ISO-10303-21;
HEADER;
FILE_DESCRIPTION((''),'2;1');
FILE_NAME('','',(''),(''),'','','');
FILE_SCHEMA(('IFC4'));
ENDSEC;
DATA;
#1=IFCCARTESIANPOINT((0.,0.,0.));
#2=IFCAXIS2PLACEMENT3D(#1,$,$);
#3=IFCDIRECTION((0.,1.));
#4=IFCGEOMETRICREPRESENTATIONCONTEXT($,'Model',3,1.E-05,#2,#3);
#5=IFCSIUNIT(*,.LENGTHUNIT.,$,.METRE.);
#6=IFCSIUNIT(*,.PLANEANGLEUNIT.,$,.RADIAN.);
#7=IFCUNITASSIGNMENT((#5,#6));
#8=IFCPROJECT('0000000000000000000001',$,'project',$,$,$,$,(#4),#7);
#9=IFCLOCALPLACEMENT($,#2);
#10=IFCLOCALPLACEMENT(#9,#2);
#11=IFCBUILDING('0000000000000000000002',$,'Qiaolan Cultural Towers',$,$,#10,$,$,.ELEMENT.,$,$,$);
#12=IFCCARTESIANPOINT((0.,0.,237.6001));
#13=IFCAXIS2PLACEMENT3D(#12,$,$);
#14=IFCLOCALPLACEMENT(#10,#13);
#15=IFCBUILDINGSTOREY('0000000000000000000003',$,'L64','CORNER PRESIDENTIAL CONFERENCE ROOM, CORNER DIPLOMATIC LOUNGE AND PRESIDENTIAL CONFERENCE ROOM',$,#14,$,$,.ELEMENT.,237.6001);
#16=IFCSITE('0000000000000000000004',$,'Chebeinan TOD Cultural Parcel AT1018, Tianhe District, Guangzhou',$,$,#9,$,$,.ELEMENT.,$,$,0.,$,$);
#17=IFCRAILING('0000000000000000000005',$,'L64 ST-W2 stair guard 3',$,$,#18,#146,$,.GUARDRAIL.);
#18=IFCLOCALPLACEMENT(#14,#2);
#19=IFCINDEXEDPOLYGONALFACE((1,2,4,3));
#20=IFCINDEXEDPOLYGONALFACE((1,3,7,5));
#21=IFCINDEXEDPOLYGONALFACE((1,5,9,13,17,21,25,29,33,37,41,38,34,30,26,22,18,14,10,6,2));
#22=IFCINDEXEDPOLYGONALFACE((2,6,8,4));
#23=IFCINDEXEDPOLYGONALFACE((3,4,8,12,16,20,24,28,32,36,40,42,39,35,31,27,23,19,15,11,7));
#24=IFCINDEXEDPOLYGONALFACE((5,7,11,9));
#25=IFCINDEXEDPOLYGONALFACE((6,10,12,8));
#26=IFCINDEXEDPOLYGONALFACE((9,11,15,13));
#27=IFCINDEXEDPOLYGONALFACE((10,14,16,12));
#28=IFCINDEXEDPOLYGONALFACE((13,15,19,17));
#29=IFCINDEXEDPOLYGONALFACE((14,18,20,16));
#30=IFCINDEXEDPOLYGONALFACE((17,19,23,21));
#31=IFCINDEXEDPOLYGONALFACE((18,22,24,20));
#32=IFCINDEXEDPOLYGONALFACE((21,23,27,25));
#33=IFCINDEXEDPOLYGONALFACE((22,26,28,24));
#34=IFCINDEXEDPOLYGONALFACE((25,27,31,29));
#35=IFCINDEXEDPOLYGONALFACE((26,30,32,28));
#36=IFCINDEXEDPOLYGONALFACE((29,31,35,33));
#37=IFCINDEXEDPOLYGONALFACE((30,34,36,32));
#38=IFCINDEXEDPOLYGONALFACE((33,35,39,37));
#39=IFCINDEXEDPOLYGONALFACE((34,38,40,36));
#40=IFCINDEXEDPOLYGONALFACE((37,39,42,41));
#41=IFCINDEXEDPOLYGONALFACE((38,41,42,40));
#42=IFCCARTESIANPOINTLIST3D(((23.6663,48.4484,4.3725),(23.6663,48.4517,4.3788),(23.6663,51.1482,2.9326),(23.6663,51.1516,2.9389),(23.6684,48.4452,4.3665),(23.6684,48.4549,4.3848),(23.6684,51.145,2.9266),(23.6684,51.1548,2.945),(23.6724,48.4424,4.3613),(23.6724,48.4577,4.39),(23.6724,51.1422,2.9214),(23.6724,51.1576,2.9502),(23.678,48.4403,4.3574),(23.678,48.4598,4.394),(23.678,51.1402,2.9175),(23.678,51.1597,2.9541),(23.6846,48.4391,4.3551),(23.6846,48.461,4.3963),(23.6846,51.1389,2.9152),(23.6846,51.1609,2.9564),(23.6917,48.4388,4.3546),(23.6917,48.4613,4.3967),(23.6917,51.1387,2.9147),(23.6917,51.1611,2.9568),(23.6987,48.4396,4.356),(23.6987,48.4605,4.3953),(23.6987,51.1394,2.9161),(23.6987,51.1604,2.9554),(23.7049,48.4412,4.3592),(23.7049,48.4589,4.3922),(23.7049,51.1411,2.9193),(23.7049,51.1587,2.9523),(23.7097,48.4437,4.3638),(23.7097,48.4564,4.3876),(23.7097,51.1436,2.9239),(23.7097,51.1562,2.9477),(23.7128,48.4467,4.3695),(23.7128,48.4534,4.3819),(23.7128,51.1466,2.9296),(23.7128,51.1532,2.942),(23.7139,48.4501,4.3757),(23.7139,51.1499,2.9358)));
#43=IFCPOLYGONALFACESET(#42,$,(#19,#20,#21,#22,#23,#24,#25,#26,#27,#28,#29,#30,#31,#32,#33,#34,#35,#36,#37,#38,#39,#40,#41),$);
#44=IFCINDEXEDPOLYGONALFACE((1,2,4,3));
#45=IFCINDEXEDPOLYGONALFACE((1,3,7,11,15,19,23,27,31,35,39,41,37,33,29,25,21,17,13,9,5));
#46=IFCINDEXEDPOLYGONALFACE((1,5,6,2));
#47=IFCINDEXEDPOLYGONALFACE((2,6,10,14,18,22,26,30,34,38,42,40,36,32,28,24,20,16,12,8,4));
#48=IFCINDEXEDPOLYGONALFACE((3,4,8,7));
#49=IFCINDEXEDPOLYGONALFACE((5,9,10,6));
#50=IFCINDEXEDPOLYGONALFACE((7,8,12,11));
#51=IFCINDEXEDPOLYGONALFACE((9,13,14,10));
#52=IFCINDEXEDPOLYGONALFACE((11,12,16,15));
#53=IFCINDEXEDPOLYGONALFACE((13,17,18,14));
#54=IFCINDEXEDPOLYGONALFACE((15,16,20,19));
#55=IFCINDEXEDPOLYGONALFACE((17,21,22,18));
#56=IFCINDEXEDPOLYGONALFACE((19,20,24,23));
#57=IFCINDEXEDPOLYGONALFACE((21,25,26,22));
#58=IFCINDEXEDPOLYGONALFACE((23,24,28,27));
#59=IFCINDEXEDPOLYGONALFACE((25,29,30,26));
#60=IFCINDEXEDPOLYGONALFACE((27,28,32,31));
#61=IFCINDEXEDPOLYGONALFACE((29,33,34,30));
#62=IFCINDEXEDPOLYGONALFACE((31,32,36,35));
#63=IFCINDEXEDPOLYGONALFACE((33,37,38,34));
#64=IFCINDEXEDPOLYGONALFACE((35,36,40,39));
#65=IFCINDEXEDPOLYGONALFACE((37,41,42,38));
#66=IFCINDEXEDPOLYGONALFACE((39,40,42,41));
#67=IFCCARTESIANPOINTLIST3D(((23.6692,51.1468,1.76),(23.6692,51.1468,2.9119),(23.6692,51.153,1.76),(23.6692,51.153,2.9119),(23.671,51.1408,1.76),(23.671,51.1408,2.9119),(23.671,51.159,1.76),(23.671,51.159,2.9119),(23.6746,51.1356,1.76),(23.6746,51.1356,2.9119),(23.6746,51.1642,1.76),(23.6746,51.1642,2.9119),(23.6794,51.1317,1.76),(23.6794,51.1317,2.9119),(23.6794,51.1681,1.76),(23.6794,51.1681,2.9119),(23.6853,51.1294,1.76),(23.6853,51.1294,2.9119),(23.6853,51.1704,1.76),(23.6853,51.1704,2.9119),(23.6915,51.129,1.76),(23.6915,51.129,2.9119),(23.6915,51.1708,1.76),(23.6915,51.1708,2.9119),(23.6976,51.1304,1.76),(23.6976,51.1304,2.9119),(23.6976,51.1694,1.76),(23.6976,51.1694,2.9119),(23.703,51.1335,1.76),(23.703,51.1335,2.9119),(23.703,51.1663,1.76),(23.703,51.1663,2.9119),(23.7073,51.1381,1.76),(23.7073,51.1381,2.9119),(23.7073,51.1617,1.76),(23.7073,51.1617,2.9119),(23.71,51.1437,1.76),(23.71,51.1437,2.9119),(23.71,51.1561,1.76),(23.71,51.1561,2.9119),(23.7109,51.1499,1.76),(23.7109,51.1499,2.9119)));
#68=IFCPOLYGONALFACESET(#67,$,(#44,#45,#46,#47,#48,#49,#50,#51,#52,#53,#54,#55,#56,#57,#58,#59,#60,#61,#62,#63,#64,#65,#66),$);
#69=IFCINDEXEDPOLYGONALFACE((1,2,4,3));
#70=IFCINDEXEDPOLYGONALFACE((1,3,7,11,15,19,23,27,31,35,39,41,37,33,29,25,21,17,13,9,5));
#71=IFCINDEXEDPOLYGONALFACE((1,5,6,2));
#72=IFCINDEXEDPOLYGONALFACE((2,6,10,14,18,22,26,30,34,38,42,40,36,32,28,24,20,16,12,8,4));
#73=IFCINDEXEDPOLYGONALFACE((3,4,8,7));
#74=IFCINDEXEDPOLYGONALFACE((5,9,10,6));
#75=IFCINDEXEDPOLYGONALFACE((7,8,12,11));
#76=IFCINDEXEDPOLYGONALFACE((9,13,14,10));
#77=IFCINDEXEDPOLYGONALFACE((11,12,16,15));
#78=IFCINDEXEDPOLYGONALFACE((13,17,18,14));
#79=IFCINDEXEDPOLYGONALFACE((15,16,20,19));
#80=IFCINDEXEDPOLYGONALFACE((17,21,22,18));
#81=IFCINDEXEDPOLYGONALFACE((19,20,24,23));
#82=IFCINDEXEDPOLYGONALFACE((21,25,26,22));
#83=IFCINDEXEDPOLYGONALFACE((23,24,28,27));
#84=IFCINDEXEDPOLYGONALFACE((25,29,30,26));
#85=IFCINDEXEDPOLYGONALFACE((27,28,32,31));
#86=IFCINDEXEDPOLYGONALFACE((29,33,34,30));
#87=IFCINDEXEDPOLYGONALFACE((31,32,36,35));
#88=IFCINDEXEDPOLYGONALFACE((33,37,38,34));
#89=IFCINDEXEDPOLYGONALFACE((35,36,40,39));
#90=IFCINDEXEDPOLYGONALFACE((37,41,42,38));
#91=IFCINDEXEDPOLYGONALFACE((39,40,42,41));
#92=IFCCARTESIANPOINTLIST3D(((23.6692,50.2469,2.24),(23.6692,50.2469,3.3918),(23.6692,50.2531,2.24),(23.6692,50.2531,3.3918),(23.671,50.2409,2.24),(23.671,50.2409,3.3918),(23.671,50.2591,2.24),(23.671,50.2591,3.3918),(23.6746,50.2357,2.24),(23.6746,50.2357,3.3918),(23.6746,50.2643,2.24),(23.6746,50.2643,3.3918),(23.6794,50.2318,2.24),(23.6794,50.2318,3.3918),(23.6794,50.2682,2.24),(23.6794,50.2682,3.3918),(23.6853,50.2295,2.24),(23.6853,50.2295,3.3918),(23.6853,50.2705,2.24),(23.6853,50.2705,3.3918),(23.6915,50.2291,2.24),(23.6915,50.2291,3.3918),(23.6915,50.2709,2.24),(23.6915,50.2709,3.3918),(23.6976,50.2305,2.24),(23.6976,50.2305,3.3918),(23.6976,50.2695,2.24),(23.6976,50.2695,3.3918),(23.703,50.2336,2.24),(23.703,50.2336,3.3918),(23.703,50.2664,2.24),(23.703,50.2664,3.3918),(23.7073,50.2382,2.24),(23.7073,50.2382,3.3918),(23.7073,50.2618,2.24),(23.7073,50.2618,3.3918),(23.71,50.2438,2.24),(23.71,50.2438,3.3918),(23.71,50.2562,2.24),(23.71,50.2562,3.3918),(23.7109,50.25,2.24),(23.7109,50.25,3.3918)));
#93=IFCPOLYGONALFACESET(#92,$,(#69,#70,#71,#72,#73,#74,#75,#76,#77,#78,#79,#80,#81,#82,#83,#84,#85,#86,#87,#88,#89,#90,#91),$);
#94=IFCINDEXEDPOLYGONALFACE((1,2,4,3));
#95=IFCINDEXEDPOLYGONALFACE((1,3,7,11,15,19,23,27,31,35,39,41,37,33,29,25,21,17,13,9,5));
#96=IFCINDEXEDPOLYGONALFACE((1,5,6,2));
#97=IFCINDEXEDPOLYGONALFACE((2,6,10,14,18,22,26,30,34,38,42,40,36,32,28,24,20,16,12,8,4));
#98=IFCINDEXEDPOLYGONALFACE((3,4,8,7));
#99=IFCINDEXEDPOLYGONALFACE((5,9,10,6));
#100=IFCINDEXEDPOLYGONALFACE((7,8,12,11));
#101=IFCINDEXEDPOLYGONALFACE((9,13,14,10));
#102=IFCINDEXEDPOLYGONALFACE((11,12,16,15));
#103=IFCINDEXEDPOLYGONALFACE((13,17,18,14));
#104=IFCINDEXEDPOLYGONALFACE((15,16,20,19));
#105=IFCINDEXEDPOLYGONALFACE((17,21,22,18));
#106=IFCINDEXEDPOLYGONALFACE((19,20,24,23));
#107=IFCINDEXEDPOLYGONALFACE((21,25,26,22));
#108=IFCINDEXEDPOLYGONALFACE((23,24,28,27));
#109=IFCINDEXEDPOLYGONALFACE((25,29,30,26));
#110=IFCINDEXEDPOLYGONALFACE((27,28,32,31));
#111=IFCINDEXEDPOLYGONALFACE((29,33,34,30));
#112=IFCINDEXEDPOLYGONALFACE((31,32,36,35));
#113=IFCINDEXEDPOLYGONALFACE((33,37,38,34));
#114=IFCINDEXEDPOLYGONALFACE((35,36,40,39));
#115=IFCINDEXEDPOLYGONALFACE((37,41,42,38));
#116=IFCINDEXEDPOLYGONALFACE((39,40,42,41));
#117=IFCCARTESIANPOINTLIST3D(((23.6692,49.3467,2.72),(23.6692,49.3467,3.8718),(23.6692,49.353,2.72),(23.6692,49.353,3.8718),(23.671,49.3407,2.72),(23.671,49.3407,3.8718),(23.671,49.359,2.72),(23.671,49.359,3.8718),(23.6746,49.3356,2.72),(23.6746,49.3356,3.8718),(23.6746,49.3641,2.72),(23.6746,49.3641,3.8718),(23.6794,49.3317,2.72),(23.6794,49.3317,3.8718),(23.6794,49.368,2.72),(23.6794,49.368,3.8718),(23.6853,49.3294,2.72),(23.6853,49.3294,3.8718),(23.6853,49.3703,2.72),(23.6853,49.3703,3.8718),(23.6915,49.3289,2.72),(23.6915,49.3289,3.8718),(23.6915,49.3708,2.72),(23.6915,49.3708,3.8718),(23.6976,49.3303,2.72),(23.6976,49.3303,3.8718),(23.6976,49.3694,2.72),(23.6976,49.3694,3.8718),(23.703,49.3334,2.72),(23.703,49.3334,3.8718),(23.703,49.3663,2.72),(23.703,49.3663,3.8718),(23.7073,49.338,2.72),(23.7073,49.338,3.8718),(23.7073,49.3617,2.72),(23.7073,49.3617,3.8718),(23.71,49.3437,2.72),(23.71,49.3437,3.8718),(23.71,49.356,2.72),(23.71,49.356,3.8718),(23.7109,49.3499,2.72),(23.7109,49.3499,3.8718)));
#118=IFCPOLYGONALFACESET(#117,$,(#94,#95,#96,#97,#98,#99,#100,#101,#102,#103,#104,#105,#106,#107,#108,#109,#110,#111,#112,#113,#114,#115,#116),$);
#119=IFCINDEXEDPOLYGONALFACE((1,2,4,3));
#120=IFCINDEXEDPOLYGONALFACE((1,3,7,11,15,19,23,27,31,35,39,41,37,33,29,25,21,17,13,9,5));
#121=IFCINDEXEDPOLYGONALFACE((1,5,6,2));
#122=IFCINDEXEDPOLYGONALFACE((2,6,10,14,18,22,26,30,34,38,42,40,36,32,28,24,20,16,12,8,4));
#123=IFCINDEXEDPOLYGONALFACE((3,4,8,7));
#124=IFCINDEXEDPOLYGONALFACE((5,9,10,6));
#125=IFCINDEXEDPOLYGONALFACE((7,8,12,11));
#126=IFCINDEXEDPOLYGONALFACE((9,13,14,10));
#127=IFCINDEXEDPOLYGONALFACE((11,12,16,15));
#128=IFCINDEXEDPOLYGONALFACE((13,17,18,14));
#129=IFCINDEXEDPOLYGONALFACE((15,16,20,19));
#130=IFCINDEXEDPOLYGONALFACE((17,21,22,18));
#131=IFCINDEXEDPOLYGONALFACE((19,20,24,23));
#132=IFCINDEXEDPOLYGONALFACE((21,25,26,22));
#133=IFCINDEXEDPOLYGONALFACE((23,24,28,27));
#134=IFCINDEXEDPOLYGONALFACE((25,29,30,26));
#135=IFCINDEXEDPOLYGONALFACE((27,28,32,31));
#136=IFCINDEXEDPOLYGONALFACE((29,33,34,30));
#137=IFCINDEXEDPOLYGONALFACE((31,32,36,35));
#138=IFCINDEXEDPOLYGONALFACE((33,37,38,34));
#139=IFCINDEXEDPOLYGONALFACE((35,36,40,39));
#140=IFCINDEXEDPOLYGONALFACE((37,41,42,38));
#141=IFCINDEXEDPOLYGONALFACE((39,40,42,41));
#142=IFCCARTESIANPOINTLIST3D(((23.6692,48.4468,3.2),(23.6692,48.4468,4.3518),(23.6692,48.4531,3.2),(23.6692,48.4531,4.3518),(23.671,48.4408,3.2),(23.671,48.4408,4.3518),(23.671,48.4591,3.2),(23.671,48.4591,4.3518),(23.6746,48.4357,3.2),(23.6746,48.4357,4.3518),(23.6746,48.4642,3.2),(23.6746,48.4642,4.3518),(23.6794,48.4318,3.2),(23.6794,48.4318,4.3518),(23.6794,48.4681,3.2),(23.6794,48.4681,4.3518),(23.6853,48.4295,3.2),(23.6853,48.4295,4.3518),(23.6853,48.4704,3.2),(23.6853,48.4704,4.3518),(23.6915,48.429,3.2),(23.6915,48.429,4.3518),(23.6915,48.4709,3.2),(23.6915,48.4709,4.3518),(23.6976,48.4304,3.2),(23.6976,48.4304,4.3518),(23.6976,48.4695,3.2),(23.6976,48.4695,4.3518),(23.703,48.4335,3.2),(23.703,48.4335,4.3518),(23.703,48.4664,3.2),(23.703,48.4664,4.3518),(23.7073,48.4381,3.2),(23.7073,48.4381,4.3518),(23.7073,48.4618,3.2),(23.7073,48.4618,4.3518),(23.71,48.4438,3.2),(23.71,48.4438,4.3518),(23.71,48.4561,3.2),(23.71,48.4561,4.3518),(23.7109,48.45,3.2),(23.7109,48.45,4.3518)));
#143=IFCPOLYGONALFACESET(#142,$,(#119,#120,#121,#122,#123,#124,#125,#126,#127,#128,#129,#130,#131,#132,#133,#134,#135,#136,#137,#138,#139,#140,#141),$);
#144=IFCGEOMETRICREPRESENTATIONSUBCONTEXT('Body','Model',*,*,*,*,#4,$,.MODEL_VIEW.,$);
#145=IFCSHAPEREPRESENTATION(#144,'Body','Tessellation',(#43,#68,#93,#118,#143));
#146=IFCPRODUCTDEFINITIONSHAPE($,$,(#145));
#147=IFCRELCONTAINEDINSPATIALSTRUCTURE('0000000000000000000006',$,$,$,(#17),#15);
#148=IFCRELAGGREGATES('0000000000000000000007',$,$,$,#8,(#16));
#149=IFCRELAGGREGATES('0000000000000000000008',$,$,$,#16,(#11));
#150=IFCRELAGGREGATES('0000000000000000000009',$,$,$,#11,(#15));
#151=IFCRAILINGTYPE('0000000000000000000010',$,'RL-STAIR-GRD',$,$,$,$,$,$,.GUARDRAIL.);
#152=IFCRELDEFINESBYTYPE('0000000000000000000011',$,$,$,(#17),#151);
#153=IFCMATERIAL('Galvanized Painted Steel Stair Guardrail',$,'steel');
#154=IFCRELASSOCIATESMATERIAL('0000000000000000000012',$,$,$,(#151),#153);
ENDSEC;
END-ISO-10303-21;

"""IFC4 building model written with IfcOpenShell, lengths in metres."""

from ifc_helpers import new_model, si_unit, direction, frame, origin, origin_2d, place, context, subcontext, project, spatial, circle, extrude, material, type_object, element, save


model = new_model("IFC4")

# Units and contexts
model_context = context("Model", 3, precision=1e-05, world=origin(), true_north=direction((0.0, 1.0)))
body_context = subcontext(model_context, "Body", "Model", "MODEL_VIEW")
ifc_project = project(units=[si_unit("LENGTHUNIT", "METRE"), si_unit("PLANEANGLEUNIT", "RADIAN")], contexts=[model_context])

# Site, building, storey
site_placement = place(None, origin())
site = spatial("IfcSite", under=ifc_project, at=site_placement, Name="Chebeinan TOD Cultural Parcel AT1018, Tianhe District, Guangzhou", CompositionType="ELEMENT", RefElevation=0.0)
building_placement = place(site_placement, origin())
building = spatial("IfcBuilding", under=site, at=building_placement, Name="Qiaolan Cultural Towers", CompositionType="ELEMENT")
storey_placement = place(building_placement, frame((0.0, 0.0, 237.6001)))
storey = spatial("IfcBuildingStorey", under=building, at=storey_placement, Name="L64", Description="CORNER PRESIDENTIAL CONFERENCE ROOM, CORNER DIPLOMATIC LOUNGE AND PRESIDENTIAL CONFERENCE ROOM", CompositionType="ELEMENT", Elevation=237.6001)

# Railing
ifc_material_1 = material(Name="Galvanized Painted Steel Stair Guardrail", Category="steel")
railing_type_1 = type_object("IfcRailingType", Name="RL-STAIR-GRD", PredefinedType="GUARDRAIL", material=ifc_material_1)
railing_1_placement = place(storey_placement, frame((23.6899, 51.1499, 1.76)))
element("IfcRailing", 1, at=railing_1_placement, inside=storey, type_object=railing_type_1, Name="L64 ST-W2 stair guard 3", PredefinedType="GUARDRAIL", context=body_context, shape_type="SweptSolid", body=[
    extrude(circle(Radius=0.0239, at=origin_2d()), frame((0.0, 0.0, 1.1758), z_axis=(0.0, -0.882357, 0.47058), x_axis=(1.0, 0.0, 0.0)), (0.0, 0.0, 1.0), 3.0598),
    extrude(circle(Radius=0.021, at=origin_2d()), origin(), (0.0, 0.0, 1.0), 1.1519),
    extrude(circle(Radius=0.021, at=origin_2d()), frame((0.0, -0.8999, 0.48)), (0.0, 0.0, 1.0), 1.1519),
    extrude(circle(Radius=0.021, at=origin_2d()), frame((0.0, -1.8, 0.96)), (0.0, 0.0, 1.0), 1.1519),
    extrude(circle(Radius=0.021, at=origin_2d()), frame((0.0, -2.7, 1.4399)), (0.0, 0.0, 1.0), 1.1519),
])

save(model, "model.ifc")
